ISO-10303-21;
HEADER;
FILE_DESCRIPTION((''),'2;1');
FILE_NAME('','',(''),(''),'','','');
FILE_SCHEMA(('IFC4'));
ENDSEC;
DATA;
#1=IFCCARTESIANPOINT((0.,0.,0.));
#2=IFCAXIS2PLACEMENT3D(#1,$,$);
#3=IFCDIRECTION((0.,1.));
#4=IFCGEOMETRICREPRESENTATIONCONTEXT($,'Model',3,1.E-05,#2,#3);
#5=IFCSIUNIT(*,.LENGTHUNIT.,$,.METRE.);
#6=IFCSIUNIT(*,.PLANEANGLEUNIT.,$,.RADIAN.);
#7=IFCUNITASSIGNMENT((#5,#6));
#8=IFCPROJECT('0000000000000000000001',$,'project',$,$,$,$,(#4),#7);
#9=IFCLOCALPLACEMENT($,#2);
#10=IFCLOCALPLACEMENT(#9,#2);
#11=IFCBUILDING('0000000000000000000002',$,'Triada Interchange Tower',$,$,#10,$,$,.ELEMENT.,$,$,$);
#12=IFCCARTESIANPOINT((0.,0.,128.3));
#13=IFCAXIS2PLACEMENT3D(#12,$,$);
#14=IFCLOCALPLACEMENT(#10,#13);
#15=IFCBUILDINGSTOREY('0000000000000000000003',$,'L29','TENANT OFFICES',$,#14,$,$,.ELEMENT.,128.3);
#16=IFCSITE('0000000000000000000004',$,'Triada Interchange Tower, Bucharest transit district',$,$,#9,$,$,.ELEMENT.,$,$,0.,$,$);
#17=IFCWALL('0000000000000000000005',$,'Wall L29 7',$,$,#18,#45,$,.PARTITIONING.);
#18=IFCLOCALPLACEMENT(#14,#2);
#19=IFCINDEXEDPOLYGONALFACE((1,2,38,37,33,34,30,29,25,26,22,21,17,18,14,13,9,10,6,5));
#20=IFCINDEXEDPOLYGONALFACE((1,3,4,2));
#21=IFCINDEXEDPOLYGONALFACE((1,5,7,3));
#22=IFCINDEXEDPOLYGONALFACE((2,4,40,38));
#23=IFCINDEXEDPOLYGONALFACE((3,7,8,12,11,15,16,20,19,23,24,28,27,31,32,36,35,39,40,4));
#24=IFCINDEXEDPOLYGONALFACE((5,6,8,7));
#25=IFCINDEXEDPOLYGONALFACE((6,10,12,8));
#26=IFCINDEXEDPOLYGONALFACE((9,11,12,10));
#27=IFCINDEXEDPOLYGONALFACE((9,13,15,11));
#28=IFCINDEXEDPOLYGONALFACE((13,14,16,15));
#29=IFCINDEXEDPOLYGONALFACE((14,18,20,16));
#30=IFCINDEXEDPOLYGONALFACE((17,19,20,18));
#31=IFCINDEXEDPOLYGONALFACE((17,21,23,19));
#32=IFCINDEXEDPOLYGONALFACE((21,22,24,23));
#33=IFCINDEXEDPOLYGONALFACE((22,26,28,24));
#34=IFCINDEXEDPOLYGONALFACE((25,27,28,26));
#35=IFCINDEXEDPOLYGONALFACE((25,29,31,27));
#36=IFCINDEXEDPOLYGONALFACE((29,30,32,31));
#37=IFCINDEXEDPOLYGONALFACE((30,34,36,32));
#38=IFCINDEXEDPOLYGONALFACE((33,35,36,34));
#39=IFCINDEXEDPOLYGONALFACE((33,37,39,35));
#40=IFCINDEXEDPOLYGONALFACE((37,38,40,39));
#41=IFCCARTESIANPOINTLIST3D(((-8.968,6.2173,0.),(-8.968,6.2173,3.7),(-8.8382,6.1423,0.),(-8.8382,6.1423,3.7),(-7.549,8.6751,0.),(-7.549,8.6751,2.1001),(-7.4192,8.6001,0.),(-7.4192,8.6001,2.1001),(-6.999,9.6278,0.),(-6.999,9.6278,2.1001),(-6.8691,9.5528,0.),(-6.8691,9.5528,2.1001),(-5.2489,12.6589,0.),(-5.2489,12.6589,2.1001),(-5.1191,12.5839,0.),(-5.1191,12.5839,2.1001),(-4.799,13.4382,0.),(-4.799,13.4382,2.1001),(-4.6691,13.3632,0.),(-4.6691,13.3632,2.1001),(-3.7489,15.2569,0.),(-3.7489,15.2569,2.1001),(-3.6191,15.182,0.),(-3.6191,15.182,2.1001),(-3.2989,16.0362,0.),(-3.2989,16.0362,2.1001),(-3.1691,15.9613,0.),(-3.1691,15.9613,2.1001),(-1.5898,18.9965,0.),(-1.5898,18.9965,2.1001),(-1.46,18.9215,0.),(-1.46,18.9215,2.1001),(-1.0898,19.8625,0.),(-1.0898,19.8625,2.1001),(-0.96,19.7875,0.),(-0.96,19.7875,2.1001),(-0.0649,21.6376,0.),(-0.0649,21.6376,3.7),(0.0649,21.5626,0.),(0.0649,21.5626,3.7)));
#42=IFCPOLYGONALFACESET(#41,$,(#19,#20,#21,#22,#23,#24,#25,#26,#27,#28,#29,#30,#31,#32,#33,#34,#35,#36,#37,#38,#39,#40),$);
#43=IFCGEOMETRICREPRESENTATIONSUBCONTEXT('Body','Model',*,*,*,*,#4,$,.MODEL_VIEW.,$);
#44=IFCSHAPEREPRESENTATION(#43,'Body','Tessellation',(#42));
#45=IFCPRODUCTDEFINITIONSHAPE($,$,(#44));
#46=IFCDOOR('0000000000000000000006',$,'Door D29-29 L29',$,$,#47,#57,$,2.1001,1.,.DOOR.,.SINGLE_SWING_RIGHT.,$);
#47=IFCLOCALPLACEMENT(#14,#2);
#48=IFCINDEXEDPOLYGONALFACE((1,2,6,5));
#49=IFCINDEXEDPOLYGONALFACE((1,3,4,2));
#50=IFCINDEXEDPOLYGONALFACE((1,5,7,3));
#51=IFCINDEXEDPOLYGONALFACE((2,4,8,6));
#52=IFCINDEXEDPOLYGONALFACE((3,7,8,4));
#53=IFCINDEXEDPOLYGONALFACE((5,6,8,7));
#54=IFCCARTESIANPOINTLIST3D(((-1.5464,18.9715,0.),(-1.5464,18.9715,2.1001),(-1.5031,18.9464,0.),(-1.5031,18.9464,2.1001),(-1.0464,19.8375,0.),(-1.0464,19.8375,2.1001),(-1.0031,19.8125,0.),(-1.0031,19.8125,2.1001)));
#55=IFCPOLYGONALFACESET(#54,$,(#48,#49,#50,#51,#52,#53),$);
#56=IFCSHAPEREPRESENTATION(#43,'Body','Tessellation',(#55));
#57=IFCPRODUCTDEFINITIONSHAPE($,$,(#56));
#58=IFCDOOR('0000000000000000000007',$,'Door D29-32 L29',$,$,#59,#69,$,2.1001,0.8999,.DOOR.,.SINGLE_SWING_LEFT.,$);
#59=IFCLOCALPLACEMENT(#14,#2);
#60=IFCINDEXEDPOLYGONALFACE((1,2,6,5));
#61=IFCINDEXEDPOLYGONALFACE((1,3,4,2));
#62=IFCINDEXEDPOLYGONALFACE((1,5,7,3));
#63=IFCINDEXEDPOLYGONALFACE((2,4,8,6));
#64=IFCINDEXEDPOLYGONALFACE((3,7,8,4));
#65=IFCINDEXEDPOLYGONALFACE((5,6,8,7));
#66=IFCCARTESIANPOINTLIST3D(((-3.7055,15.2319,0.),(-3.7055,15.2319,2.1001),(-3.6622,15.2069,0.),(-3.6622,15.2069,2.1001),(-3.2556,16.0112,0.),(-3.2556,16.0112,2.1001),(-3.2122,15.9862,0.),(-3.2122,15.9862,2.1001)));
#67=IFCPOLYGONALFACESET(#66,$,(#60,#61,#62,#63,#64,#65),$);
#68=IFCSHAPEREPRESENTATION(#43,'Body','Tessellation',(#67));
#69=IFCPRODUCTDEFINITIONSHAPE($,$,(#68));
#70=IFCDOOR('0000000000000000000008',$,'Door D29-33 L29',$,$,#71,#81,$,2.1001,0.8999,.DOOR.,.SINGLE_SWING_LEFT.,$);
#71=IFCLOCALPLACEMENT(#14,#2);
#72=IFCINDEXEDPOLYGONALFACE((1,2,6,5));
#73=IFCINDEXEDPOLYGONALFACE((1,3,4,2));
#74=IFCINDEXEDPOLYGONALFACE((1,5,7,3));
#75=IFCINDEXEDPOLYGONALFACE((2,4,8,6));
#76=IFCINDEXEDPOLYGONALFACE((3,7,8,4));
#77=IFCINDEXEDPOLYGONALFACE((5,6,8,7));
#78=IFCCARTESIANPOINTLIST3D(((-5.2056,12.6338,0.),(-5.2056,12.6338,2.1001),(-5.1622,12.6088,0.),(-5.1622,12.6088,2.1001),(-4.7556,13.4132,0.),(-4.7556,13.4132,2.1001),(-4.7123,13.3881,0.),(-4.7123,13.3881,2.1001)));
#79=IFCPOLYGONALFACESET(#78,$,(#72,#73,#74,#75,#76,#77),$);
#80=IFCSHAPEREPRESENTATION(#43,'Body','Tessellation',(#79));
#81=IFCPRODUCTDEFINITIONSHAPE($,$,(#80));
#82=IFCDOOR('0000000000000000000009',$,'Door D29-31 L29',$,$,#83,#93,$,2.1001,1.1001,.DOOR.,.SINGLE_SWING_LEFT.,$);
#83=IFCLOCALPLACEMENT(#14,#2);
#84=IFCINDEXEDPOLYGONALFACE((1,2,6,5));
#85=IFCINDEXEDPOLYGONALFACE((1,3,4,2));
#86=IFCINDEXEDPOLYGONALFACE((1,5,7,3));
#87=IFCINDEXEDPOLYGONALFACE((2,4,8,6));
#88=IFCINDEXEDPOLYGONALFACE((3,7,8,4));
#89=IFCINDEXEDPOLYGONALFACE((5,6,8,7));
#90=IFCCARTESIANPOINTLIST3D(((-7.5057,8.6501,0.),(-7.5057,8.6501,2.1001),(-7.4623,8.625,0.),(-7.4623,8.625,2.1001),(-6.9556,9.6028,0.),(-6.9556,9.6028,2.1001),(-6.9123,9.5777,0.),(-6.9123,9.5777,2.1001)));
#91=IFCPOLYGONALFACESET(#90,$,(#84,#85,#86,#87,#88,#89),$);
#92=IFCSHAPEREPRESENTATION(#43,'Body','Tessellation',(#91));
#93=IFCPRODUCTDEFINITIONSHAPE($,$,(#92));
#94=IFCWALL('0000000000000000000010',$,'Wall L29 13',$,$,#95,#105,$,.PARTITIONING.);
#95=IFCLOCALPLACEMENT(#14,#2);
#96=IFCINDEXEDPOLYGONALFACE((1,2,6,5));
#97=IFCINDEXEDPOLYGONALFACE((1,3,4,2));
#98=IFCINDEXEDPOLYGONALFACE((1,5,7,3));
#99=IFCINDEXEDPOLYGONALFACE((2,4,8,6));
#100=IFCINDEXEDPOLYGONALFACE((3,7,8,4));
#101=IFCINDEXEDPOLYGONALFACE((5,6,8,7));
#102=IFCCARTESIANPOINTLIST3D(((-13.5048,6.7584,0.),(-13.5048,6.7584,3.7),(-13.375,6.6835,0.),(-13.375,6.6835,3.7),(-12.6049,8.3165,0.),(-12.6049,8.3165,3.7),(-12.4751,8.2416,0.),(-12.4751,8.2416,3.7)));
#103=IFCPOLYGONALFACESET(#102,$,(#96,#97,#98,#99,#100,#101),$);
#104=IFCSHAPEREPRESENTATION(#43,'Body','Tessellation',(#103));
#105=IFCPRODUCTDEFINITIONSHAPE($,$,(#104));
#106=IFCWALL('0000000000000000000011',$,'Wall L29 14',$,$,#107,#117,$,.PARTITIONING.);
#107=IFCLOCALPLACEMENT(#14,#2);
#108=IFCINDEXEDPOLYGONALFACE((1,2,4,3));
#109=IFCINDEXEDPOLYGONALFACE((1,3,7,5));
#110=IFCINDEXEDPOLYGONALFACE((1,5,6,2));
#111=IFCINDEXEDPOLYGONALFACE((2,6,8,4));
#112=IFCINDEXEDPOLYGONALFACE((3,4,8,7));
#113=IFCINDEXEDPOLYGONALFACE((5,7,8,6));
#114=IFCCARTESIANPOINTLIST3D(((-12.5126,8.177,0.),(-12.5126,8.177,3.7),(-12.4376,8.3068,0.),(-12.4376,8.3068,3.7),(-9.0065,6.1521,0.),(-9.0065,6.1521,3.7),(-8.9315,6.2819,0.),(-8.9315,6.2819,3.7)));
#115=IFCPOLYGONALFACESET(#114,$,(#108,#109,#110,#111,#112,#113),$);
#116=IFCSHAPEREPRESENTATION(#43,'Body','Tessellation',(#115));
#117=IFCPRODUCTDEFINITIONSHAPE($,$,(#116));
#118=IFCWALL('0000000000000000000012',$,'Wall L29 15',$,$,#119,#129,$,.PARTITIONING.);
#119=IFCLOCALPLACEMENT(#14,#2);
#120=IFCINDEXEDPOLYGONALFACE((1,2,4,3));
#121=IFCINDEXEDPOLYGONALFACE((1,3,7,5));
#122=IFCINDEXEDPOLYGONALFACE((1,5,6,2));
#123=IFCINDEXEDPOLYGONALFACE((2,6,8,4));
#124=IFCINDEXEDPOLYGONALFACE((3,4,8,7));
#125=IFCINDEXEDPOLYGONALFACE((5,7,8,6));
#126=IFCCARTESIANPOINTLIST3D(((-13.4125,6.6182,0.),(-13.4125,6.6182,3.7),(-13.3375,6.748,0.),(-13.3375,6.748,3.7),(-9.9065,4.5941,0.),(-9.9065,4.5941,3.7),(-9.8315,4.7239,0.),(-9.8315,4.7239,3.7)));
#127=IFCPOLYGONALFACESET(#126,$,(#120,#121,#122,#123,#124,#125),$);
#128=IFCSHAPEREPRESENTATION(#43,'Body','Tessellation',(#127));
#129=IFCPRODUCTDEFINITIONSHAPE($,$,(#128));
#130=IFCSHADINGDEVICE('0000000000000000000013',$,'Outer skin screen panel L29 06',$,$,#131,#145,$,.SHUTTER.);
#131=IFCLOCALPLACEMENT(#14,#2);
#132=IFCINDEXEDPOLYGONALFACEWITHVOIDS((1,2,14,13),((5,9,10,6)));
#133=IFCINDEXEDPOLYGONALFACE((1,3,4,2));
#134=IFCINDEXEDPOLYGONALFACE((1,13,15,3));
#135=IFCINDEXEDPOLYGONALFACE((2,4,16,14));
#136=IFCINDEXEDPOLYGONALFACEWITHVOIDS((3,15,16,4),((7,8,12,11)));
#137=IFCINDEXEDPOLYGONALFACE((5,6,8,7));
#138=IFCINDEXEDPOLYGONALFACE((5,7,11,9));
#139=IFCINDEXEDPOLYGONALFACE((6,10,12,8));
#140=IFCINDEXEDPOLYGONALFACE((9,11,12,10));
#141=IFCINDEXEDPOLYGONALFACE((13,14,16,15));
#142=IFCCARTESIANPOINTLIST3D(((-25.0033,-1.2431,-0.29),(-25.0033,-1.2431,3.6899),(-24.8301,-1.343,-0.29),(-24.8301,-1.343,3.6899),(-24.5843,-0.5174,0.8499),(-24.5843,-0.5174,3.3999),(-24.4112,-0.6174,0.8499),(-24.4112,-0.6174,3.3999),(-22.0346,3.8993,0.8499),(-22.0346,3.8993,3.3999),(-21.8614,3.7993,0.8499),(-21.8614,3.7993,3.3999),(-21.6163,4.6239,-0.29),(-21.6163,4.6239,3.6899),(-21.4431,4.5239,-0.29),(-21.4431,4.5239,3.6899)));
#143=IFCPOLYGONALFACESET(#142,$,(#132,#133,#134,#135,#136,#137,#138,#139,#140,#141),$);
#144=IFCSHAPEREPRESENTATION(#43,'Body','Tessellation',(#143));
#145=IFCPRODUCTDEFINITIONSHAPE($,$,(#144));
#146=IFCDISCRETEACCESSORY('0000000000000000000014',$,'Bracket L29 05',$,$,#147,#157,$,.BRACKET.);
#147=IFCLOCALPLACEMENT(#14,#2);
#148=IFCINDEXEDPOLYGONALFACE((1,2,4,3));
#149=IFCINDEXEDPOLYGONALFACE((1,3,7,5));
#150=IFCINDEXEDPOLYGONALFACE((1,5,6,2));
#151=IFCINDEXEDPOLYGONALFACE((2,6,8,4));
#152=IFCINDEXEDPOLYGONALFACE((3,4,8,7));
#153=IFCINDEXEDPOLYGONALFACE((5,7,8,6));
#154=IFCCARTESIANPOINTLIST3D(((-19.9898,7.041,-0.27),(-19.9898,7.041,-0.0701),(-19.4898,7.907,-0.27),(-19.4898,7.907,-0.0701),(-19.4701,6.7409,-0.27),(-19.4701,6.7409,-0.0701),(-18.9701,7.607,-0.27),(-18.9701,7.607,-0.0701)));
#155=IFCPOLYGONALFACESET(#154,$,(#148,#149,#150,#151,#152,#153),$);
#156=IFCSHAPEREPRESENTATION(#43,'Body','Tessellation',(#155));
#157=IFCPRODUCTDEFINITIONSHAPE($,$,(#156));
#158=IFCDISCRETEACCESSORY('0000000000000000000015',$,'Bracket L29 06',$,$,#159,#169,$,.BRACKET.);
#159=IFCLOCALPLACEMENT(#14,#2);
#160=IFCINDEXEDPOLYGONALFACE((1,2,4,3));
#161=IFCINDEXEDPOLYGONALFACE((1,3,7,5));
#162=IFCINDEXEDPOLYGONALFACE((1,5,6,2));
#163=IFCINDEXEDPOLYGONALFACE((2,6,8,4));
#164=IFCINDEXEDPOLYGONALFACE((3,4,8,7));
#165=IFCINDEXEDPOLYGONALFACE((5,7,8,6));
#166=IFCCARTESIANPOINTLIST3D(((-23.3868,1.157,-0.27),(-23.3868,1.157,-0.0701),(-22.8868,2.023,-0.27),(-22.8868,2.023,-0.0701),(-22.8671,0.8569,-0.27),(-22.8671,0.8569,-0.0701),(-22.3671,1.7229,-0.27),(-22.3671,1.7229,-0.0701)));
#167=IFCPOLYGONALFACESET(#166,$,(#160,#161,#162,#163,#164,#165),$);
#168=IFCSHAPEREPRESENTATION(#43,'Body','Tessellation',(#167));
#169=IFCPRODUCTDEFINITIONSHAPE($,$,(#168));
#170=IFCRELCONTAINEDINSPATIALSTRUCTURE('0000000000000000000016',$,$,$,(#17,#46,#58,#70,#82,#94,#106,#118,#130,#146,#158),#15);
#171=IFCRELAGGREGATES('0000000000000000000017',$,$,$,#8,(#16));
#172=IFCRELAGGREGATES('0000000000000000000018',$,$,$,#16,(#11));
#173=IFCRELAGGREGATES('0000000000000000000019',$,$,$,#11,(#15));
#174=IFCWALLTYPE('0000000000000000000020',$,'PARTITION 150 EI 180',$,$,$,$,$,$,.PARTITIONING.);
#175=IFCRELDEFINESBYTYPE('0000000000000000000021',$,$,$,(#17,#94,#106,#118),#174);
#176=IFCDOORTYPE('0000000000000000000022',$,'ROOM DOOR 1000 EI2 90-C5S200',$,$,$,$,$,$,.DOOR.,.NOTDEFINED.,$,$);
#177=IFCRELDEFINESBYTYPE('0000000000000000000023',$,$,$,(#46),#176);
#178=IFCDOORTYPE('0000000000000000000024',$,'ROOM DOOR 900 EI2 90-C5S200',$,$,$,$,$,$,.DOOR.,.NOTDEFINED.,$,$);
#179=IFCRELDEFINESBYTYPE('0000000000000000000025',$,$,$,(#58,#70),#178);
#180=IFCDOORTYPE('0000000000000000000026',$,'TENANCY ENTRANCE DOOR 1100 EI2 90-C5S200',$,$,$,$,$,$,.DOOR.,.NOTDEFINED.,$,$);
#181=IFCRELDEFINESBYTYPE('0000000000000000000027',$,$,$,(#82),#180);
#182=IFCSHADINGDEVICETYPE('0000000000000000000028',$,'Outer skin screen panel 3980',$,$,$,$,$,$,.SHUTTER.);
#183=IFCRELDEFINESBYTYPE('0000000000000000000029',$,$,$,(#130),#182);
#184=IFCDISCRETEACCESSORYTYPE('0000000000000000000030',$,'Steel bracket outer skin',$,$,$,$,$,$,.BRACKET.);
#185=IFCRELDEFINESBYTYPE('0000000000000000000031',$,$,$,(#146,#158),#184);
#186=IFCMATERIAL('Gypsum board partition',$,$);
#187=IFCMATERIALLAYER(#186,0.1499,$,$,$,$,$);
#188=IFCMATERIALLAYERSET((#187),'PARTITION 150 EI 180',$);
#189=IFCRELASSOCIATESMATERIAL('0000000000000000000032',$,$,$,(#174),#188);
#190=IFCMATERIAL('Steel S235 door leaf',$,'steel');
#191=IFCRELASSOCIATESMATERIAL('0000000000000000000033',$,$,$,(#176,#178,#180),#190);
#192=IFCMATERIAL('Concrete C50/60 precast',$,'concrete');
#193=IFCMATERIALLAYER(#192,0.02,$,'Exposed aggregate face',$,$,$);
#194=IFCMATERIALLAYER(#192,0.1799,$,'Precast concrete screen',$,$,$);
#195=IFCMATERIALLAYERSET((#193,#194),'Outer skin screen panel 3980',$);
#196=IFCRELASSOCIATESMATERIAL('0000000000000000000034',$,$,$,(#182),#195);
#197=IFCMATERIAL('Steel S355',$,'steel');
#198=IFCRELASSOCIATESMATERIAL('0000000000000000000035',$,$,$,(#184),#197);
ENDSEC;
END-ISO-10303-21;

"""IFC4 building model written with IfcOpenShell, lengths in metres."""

from ifc_helpers import new_model, si_unit, direction, frame, frame_2d, origin, origin_2d, place, context, subcontext, project, spatial, polyline, rectangle, outline, extrude, material, layer, layer_set, type_object, element, fill, save


model = new_model("IFC4")

# Units and contexts
model_context = context("Model", 3, precision=1e-05, world=origin(), true_north=direction((0.0, 1.0)))
body_context = subcontext(model_context, "Body", "Model", "MODEL_VIEW")
ifc_project = project(units=[si_unit("LENGTHUNIT", "METRE"), si_unit("PLANEANGLEUNIT", "RADIAN")], contexts=[model_context])

# Site, building, storey
site_placement = place(None, origin())
site = spatial("IfcSite", under=ifc_project, at=site_placement, Name="Triada Interchange Tower, Bucharest transit district", CompositionType="ELEMENT", RefElevation=0.0)
building_placement = place(site_placement, origin())
building = spatial("IfcBuilding", under=site, at=building_placement, Name="Triada Interchange Tower", CompositionType="ELEMENT")
storey_placement = place(building_placement, frame((0.0, 0.0, 128.3)))
storey = spatial("IfcBuildingStorey", under=building, at=storey_placement, Name="L29", Description="TENANT OFFICES", CompositionType="ELEMENT", Elevation=128.3)

# Shared definitions
ifc_material_1 = material(Name="Steel S235 door leaf", Category="steel")

# Shared definitions
ifc_material_2 = material(Name="Gypsum board partition")
ifc_layer_1 = layer(ifc_material_2, 0.1499)
ifc_layer_set_1 = layer_set([ifc_layer_1], Name="PARTITION 150 EI 180")
wall_type_1 = type_object("IfcWallType", Name="PARTITION 150 EI 180", PredefinedType="PARTITIONING", material=ifc_layer_set_1)

# Wall, openings, doors
wall_1_placement = place(storey_placement, frame((-8.9031, 6.1799, 0.0), z_axis=(0.0, 0.0, 1.0), x_axis=(0.50001, 0.86602, 0.0)))
wall_1 = element("IfcWall", 1, at=wall_1_placement, inside=storey, type_object=wall_type_1, Name="Wall L29 7", PredefinedType="PARTITIONING", context=body_context, shape_type="SweptSolid", body=[
    extrude(rectangle(XDim=17.8059, YDim=0.1499, at=frame_2d((8.9028, 0.0))), origin(), (0.0, 0.0, 1.0), 3.7),
])
opening_1_placement = place(wall_1_placement, frame((14.7561, 0.0, 0.0)))
opening_1 = element("IfcOpeningElement", 2, at=opening_1_placement, cuts=wall_1, PredefinedType="OPENING", context=body_context, shape_type="SweptSolid", body=[
    extrude(rectangle(XDim=1.0, YDim=2.1001, at=frame_2d((0.5, 1.05))), frame((0.0, 0.085, 0.0), z_axis=(0.0, -1.0, 0.0), x_axis=(1.0, 0.0, 0.0)), (0.0, 0.0, 1.0), 0.1699),
])
opening_2_placement = place(wall_1_placement, frame((2.8379, 0.0, 0.0)))
opening_2 = element("IfcOpeningElement", 3, at=opening_2_placement, cuts=wall_1, PredefinedType="OPENING", context=body_context, shape_type="SweptSolid", body=[
    extrude(rectangle(XDim=1.1001, YDim=2.1001, at=frame_2d((0.55, 1.05))), frame((0.0, 0.085, 0.0), z_axis=(0.0, -1.0, 0.0), x_axis=(1.0, 0.0, 0.0)), (0.0, 0.0, 1.0), 0.1699),
])
opening_3_placement = place(wall_1_placement, frame((10.438, 0.0, 0.0)))
opening_3 = element("IfcOpeningElement", 4, at=opening_3_placement, cuts=wall_1, PredefinedType="OPENING", context=body_context, shape_type="SweptSolid", body=[
    extrude(rectangle(XDim=0.8999, YDim=2.1001, at=frame_2d((0.45, 1.05))), frame((0.0, 0.085, 0.0), z_axis=(0.0, -1.0, 0.0), x_axis=(1.0, 0.0, 0.0)), (0.0, 0.0, 1.0), 0.1699),
])
opening_4_placement = place(wall_1_placement, frame((7.438, 0.0, 0.0)))
opening_4 = element("IfcOpeningElement", 5, at=opening_4_placement, cuts=wall_1, PredefinedType="OPENING", context=body_context, shape_type="SweptSolid", body=[
    extrude(rectangle(XDim=0.8999, YDim=2.1001, at=frame_2d((0.45, 1.05))), frame((0.0, 0.085, 0.0), z_axis=(0.0, -1.0, 0.0), x_axis=(1.0, 0.0, 0.0)), (0.0, 0.0, 1.0), 0.1699),
])
door_type_1 = type_object("IfcDoorType", Name="ROOM DOOR 1000 EI2 90-C5S200", OperationType="NOTDEFINED", PredefinedType="DOOR", material=ifc_material_1)
door_1_placement = place(opening_1_placement, origin())
door_1 = element("IfcDoor", 6, at=door_1_placement, inside=storey, type_object=door_type_1, Name="Door D29-29 L29", OperationType="SINGLE_SWING_RIGHT", OverallHeight=2.1001, OverallWidth=1.0, PredefinedType="DOOR", context=body_context, shape_type="SweptSolid", body=[
    extrude(rectangle(XDim=1.0, YDim=2.1001, at=frame_2d((0.5, 1.05))), frame((0.0, 0.0249, 0.0), z_axis=(0.0, -1.0, 0.0), x_axis=(1.0, 0.0, 0.0)), (0.0, 0.0, 1.0), 0.05),
])
fill(opening_1, door_1)
door_type_2 = type_object("IfcDoorType", Name="ROOM DOOR 900 EI2 90-C5S200", OperationType="NOTDEFINED", PredefinedType="DOOR", material=ifc_material_1)
door_2_placement = place(opening_3_placement, origin())
door_2 = element("IfcDoor", 7, at=door_2_placement, inside=storey, type_object=door_type_2, Name="Door D29-32 L29", OperationType="SINGLE_SWING_LEFT", OverallHeight=2.1001, OverallWidth=0.8999, PredefinedType="DOOR", context=body_context, shape_type="SweptSolid", body=[
    extrude(rectangle(XDim=0.8999, YDim=2.1001, at=frame_2d((0.45, 1.05))), frame((0.0, 0.0249, 0.0), z_axis=(0.0, -1.0, 0.0), x_axis=(1.0, 0.0, 0.0)), (0.0, 0.0, 1.0), 0.05),
])
fill(opening_3, door_2)
door_3_placement = place(opening_4_placement, origin())
door_3 = element("IfcDoor", 8, at=door_3_placement, inside=storey, type_object=door_type_2, Name="Door D29-33 L29", OperationType="SINGLE_SWING_LEFT", OverallHeight=2.1001, OverallWidth=0.8999, PredefinedType="DOOR", context=body_context, shape_type="SweptSolid", body=[
    extrude(rectangle(XDim=0.8999, YDim=2.1001, at=frame_2d((0.45, 1.05))), frame((0.0, 0.0249, 0.0), z_axis=(0.0, -1.0, 0.0), x_axis=(1.0, 0.0, 0.0)), (0.0, 0.0, 1.0), 0.05),
])
fill(opening_4, door_3)
door_type_3 = type_object("IfcDoorType", Name="TENANCY ENTRANCE DOOR 1100 EI2 90-C5S200", OperationType="NOTDEFINED", PredefinedType="DOOR", material=ifc_material_1)
door_4_placement = place(opening_2_placement, origin())
door_4 = element("IfcDoor", 9, at=door_4_placement, inside=storey, type_object=door_type_3, Name="Door D29-31 L29", OperationType="SINGLE_SWING_LEFT", OverallHeight=2.1001, OverallWidth=1.1001, PredefinedType="DOOR", context=body_context, shape_type="SweptSolid", body=[
    extrude(rectangle(XDim=1.1001, YDim=2.1001, at=frame_2d((0.55, 1.05))), frame((0.0, 0.0249, 0.0), z_axis=(0.0, -1.0, 0.0), x_axis=(1.0, 0.0, 0.0)), (0.0, 0.0, 1.0), 0.05),
])
fill(opening_2, door_4)

# Walls
wall_2_placement = place(storey_placement, frame((-13.4399, 6.7209, 0.0), z_axis=(0.0, 0.0, 1.0), x_axis=(0.500137, 0.865946, 0.0)))
element("IfcWall", 10, at=wall_2_placement, inside=storey, type_object=wall_type_1, Name="Wall L29 13", PredefinedType="PARTITIONING", context=body_context, shape_type="SweptSolid", body=[
    extrude(rectangle(XDim=1.7993, YDim=0.1499, at=frame_2d((0.8997, 0.0))), origin(), (0.0, 0.0, 1.0), 3.7),
])
wall_3_placement = place(storey_placement, frame((-12.4751, 8.2419, 0.0), z_axis=(0.0, 0.0, 1.0), x_axis=(0.865956, -0.500121, 0.0)))
element("IfcWall", 11, at=wall_3_placement, inside=storey, type_object=wall_type_1, Name="Wall L29 14", PredefinedType="PARTITIONING", context=body_context, shape_type="SweptSolid", body=[
    extrude(rectangle(XDim=4.0488, YDim=0.1499, at=frame_2d((2.0244, 0.0))), origin(), (0.0, 0.0, 1.0), 3.7),
])
wall_4_placement = place(storey_placement, frame((-13.375, 6.6831, 0.0), z_axis=(0.0, 0.0, 1.0), x_axis=(0.866034, -0.499985, 0.0)))
element("IfcWall", 12, at=wall_4_placement, inside=storey, type_object=wall_type_1, Name="Wall L29 15", PredefinedType="PARTITIONING", context=body_context, shape_type="SweptSolid", body=[
    extrude(rectangle(XDim=4.0483, YDim=0.1499, at=frame_2d((2.0242, 0.0))), origin(), (0.0, 0.0, 1.0), 3.7),
])

# Shading device
ifc_material_3 = material(Name="Concrete C50/60 precast", Category="concrete")
ifc_layer_2 = layer(ifc_material_3, 0.02, Name="Exposed aggregate face")
ifc_layer_3 = layer(ifc_material_3, 0.1799, Name="Precast concrete screen")
ifc_layer_set_2 = layer_set([ifc_layer_2, ifc_layer_3], Name="Outer skin screen panel 3980")
shading_device_type = type_object("IfcShadingDeviceType", Name="Outer skin screen panel 3980", PredefinedType="SHUTTER", material=ifc_layer_set_2)
shading_device_placement = place(storey_placement, frame((-21.4431, 4.5239, -0.29), z_axis=(0.0, 0.0, 1.0), x_axis=(-0.499965, -0.866046, 0.0)))
element("IfcShadingDevice", 13, at=shading_device_placement, inside=storey, type_object=shading_device_type, Name="Outer skin screen panel L29 06", PredefinedType="SHUTTER", context=body_context, shape_type="SweptSolid", body=[
    extrude(outline(polyline([(0.0, 0.0), (6.7744, 0.0), (6.7744, 3.98), (0.0, 3.98), (0.0, 0.0)]), holes=[polyline([(0.8367, 1.1399), (0.8367, 3.6899), (5.9365, 3.6899), (5.9365, 1.1399), (0.8367, 1.1399)])]), frame((0.0, 0.0, 0.0), z_axis=(0.0, -1.0, 0.0), x_axis=(1.0, 0.0, 0.0)), (0.0, 0.0, 1.0), 0.2),
])

# Discrete accessories
ifc_material_4 = material(Name="Steel S355", Category="steel")
discrete_accessory_type = type_object("IfcDiscreteAccessoryType", Name="Steel bracket outer skin", PredefinedType="BRACKET", material=ifc_material_4)
for number, where, z_axis, x_axis, name in (
    (14, (-19.48, 7.324, -0.27), (0.0, 0.0, 1.0), (-0.866023, 0.500004, 0.0), "Bracket L29 05"),
    (15, (-22.877, 1.4399, -0.27), (0.0, 0.0, 1.0), (-0.866023, 0.500004, 0.0), "Bracket L29 06"),
):
    element("IfcDiscreteAccessory", number, at=place(storey_placement, frame(where, z_axis=z_axis, x_axis=x_axis)), inside=storey, type_object=discrete_accessory_type, Name=name, PredefinedType="BRACKET", context=body_context, shape_type="SweptSolid", body=[
        extrude(rectangle(XDim=0.6001, YDim=1.0, at=origin_2d()), origin(), (0.0, 0.0, 1.0), 0.2),
    ])

save(model, "model.ifc")
